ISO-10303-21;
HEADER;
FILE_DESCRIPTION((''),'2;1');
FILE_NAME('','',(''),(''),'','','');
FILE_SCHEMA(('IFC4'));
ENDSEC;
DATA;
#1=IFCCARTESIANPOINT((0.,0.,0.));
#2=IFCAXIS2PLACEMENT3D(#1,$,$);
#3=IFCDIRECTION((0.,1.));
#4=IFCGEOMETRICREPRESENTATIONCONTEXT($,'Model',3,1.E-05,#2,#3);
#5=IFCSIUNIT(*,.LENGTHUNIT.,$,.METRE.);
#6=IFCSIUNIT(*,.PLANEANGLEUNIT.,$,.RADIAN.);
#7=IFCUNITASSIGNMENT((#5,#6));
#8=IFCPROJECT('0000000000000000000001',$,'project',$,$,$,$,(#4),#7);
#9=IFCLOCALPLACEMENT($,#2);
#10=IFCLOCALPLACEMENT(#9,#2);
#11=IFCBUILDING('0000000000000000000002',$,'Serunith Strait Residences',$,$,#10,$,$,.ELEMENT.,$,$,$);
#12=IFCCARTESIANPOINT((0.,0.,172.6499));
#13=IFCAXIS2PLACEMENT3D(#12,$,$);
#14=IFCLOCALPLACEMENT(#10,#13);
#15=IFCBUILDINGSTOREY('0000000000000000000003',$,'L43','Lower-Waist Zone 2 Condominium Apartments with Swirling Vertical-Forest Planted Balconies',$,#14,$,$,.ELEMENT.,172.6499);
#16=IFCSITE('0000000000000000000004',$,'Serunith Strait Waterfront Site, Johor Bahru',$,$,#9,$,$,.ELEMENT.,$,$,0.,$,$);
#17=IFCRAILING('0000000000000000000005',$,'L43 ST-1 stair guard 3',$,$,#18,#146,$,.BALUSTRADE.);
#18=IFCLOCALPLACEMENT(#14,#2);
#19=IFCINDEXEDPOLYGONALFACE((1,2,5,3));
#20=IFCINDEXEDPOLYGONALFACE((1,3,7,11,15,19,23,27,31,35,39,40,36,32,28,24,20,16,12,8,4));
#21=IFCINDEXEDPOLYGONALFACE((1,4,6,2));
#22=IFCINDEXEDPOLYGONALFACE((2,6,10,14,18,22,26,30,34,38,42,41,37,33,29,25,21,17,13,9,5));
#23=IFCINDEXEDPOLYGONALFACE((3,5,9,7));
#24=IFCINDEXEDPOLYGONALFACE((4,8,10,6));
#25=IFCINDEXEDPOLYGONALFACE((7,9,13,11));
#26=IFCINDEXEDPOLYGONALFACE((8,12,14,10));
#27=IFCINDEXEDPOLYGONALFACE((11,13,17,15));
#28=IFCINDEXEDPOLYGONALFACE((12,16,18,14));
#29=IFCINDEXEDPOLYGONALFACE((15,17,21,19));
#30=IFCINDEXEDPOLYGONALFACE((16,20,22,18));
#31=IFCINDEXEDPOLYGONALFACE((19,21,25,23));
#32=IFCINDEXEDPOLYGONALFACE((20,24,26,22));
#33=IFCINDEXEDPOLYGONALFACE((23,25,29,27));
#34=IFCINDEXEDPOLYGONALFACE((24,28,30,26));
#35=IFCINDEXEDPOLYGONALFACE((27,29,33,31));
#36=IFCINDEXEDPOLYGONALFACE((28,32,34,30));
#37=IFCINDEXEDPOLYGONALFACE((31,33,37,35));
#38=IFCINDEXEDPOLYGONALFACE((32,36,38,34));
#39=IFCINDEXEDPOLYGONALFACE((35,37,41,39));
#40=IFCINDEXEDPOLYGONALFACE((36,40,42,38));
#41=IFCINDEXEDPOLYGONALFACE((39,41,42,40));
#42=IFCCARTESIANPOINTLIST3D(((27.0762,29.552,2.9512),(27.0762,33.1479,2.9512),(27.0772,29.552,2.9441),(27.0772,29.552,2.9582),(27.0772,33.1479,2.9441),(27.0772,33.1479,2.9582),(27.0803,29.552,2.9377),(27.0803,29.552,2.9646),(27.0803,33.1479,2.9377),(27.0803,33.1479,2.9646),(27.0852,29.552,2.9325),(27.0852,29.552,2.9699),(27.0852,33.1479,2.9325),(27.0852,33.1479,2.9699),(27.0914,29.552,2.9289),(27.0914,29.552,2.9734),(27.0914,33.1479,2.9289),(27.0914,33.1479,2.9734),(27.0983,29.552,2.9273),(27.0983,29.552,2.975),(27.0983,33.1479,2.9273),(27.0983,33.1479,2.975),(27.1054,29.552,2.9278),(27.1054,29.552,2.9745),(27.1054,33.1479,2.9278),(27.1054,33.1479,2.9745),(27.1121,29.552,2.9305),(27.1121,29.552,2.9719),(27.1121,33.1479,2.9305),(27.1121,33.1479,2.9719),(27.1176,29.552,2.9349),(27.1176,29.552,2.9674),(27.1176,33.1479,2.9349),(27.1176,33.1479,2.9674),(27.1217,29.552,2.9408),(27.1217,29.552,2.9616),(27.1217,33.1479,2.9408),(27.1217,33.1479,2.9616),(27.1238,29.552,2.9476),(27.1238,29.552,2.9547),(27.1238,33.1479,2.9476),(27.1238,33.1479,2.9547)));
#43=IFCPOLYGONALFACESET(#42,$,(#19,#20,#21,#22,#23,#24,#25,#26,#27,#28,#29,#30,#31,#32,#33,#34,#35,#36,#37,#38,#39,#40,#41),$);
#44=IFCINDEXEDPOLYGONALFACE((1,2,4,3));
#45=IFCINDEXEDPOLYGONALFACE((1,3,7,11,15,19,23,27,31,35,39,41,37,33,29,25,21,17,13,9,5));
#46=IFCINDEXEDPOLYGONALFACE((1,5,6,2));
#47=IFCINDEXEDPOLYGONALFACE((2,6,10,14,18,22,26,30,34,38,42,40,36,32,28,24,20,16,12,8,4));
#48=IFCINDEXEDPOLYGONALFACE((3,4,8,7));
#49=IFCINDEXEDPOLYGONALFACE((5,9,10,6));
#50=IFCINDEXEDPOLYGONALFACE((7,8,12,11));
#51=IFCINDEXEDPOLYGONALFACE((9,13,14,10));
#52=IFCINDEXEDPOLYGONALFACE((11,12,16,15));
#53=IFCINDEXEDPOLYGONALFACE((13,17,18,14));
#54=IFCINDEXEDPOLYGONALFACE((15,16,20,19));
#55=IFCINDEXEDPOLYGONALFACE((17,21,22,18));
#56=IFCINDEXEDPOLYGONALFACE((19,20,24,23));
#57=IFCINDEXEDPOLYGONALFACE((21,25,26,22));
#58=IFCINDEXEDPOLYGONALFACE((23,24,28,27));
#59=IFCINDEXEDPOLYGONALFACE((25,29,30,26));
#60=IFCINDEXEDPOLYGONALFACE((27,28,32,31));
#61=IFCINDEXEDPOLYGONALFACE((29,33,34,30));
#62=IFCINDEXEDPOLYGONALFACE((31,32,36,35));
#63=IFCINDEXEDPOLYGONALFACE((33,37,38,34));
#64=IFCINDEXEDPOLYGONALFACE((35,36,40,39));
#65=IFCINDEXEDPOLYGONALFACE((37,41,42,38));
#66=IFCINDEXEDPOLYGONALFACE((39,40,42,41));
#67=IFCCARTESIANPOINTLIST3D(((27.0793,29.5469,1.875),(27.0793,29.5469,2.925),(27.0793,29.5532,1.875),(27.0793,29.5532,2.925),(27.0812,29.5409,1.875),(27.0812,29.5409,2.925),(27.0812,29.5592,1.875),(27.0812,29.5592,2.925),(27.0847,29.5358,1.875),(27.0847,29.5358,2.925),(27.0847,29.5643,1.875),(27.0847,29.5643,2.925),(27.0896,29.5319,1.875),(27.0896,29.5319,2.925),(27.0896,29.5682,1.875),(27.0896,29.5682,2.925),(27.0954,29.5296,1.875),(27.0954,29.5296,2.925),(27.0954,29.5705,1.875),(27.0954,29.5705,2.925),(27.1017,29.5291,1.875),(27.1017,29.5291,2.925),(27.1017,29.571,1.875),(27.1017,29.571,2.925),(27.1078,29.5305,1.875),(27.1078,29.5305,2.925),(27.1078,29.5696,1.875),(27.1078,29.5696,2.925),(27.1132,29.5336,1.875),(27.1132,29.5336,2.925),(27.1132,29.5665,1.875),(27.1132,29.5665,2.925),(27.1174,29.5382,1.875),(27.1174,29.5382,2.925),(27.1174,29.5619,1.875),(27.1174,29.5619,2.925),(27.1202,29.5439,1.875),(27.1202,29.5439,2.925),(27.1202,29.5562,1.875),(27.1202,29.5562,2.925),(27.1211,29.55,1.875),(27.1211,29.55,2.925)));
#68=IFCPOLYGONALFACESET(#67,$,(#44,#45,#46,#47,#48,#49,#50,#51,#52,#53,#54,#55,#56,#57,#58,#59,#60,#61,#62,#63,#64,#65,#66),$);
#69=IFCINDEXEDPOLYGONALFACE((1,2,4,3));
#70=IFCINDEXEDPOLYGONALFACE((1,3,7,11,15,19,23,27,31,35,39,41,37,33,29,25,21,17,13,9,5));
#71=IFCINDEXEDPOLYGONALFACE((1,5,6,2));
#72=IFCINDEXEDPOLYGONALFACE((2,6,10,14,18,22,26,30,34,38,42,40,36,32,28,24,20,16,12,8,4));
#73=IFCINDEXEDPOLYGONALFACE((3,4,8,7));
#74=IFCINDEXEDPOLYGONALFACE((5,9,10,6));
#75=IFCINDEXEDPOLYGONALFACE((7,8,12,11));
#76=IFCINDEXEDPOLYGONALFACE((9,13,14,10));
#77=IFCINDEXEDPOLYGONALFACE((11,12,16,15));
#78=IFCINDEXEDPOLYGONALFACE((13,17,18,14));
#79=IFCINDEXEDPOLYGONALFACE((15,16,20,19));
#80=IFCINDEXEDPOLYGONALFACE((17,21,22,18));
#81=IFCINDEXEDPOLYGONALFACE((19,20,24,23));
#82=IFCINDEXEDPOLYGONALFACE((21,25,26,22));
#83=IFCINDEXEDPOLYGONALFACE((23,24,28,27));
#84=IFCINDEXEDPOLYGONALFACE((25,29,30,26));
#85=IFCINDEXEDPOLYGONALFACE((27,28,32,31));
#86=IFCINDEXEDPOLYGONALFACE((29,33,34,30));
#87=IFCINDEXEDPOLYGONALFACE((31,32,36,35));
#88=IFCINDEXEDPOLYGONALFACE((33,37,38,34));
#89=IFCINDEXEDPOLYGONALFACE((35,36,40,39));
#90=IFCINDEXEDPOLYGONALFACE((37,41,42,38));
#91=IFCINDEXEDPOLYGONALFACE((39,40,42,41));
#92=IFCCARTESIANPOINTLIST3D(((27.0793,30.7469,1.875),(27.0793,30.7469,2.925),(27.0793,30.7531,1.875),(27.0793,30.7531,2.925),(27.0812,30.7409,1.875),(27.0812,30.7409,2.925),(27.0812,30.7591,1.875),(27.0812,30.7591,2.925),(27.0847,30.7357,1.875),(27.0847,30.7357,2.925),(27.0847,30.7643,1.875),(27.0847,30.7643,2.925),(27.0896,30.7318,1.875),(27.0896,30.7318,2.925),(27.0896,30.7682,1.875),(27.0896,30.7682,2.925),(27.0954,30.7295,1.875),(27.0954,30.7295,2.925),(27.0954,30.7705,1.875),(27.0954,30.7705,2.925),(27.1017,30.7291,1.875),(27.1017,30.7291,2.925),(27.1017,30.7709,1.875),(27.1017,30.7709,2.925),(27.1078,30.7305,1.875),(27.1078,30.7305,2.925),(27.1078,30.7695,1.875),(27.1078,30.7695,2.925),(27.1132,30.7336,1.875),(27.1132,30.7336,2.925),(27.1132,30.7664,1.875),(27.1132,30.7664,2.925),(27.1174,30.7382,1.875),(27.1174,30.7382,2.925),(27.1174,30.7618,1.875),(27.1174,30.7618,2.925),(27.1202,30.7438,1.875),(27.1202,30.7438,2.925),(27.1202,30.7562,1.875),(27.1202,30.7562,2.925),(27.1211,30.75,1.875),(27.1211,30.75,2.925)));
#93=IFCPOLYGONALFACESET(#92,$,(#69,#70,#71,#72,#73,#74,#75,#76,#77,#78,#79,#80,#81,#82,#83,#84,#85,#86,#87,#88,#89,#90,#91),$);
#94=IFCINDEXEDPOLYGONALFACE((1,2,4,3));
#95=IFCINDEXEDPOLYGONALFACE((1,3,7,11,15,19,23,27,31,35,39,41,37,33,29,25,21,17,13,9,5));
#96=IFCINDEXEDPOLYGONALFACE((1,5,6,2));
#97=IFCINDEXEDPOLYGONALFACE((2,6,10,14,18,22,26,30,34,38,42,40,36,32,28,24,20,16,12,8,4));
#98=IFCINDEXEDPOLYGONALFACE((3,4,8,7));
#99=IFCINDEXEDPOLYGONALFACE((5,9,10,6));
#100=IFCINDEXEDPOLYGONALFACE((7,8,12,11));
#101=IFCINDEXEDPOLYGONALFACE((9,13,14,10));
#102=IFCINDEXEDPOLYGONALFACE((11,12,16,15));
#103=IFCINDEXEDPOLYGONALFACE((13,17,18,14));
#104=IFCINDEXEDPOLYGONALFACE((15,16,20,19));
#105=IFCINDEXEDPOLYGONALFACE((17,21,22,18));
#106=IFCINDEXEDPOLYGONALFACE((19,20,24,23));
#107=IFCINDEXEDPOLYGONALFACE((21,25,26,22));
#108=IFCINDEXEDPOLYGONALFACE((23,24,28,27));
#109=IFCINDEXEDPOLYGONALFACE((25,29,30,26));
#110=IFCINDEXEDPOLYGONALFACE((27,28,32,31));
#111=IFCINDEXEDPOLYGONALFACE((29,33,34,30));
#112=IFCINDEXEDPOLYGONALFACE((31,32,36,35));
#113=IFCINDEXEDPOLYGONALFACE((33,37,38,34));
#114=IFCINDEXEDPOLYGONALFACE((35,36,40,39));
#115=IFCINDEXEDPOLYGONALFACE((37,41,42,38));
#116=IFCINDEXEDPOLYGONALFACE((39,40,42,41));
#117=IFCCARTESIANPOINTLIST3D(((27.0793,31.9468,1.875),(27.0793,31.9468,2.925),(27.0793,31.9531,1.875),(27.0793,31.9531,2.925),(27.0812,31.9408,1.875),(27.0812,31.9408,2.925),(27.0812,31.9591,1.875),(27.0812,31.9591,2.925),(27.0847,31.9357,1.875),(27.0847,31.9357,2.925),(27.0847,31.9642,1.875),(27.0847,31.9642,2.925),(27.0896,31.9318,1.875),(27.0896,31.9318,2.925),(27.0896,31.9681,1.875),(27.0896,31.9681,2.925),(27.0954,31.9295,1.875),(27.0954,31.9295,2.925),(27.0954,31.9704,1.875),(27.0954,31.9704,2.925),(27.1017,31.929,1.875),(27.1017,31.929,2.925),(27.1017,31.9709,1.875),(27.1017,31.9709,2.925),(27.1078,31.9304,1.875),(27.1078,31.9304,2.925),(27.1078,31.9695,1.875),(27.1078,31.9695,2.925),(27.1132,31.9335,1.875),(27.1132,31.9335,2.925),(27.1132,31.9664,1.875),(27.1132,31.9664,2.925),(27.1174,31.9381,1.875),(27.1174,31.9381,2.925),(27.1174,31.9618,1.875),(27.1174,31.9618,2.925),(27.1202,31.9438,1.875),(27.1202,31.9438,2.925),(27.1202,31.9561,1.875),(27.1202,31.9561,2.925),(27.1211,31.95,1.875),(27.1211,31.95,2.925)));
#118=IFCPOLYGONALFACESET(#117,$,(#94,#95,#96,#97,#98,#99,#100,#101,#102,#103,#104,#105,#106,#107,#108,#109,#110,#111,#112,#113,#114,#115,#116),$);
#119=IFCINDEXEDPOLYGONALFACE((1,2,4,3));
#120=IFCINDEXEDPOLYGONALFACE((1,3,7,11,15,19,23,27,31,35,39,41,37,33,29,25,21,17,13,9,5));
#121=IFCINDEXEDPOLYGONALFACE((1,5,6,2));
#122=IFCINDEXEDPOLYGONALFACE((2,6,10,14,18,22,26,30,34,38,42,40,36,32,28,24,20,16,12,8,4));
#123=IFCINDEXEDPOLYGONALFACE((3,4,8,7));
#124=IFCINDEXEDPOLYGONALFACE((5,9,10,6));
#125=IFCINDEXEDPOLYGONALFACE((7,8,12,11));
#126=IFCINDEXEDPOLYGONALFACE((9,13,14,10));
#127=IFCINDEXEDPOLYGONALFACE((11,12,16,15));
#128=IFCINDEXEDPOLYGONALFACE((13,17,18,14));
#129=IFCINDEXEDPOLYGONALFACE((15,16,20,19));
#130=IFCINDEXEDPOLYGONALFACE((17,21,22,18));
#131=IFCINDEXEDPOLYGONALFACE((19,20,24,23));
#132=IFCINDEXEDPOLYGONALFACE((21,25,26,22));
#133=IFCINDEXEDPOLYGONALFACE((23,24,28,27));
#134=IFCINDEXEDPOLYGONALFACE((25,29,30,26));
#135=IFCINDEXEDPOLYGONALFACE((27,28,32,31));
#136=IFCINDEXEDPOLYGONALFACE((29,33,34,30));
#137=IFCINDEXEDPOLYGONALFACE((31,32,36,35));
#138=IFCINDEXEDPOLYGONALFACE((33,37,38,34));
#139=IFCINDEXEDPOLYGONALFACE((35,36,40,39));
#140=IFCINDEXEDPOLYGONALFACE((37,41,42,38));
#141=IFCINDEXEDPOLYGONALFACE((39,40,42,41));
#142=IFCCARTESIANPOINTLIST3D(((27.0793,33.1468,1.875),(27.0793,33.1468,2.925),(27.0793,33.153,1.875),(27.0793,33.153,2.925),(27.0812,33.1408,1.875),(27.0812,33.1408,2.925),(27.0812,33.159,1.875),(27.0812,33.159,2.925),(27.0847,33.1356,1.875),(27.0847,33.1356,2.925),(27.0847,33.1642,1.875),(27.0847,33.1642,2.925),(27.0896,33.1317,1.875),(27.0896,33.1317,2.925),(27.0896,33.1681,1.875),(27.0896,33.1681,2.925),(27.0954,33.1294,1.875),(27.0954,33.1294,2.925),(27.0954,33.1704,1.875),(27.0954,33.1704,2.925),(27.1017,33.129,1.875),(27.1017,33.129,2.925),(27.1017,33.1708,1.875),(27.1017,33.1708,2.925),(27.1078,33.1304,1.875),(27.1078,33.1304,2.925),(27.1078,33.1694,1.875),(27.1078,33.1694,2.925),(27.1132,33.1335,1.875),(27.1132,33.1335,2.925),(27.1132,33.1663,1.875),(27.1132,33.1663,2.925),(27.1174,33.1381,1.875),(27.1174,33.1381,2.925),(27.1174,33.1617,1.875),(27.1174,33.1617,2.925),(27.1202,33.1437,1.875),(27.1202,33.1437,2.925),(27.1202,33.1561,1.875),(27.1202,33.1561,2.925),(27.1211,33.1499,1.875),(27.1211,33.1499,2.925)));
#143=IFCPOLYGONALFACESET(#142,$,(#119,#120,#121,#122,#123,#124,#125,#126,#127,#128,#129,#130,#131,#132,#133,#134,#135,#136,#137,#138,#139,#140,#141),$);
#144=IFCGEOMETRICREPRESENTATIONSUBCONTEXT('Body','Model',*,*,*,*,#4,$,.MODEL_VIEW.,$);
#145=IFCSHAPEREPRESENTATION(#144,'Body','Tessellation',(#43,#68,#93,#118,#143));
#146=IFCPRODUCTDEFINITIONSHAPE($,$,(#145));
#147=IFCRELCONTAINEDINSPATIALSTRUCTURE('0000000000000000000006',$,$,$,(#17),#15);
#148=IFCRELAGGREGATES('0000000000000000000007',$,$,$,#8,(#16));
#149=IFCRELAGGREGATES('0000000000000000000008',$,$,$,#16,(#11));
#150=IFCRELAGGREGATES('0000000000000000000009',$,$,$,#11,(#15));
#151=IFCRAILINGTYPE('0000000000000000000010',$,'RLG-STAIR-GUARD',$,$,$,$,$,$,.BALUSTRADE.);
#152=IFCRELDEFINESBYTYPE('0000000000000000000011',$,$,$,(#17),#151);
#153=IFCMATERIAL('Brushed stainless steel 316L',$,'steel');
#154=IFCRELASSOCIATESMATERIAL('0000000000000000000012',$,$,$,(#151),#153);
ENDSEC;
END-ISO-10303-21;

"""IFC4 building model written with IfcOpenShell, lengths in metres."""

from ifc_helpers import new_model, si_unit, direction, frame, origin, origin_2d, place, context, subcontext, project, spatial, circle, extrude, material, type_object, element, save


model = new_model("IFC4")

# Units and contexts
model_context = context("Model", 3, precision=1e-05, world=origin(), true_north=direction((0.0, 1.0)))
body_context = subcontext(model_context, "Body", "Model", "MODEL_VIEW")
ifc_project = project(units=[si_unit("LENGTHUNIT", "METRE"), si_unit("PLANEANGLEUNIT", "RADIAN")], contexts=[model_context])

# Site, building, storey
site_placement = place(None, origin())
site = spatial("IfcSite", under=ifc_project, at=site_placement, Name="Serunith Strait Waterfront Site, Johor Bahru", CompositionType="ELEMENT", RefElevation=0.0)
building_placement = place(site_placement, origin())
building = spatial("IfcBuilding", under=site, at=building_placement, Name="Serunith Strait Residences", CompositionType="ELEMENT")
storey_placement = place(building_placement, frame((0.0, 0.0, 172.6499)))
storey = spatial("IfcBuildingStorey", under=building, at=storey_placement, Name="L43", Description="Lower-Waist Zone 2 Condominium Apartments with Swirling Vertical-Forest Planted Balconies", CompositionType="ELEMENT", Elevation=172.6499)

# Railing
ifc_material_1 = material(Name="Brushed stainless steel 316L", Category="steel")
railing_type_1 = type_object("IfcRailingType", Name="RLG-STAIR-GUARD", PredefinedType="BALUSTRADE", material=ifc_material_1)
for number, where, name in (
    (1, (27.1001, 29.55, 1.875), "L43 ST-1 stair guard 3"),
):
    element("IfcRailing", number, at=place(storey_placement, frame(where)), inside=storey, type_object=railing_type_1, Name=name, PredefinedType="BALUSTRADE", context=body_context, shape_type="SweptSolid", body=[
        extrude(circle(Radius=0.0239, at=origin_2d()), frame((0.0, 0.002, 1.0762), z_axis=(0.0, 1.0, 0.0), x_axis=(-1.0, 0.0, 0.0)), (0.0, 0.0, 1.0), 3.5959),
        extrude(circle(Radius=0.021, at=origin_2d()), origin(), (0.0, 0.0, 1.0), 1.05),
        extrude(circle(Radius=0.021, at=origin_2d()), frame((0.0, 1.2, 0.0)), (0.0, 0.0, 1.0), 1.05),
        extrude(circle(Radius=0.021, at=origin_2d()), frame((0.0, 2.3999, 0.0)), (0.0, 0.0, 1.0), 1.05),
        extrude(circle(Radius=0.021, at=origin_2d()), frame((0.0, 3.5999, 0.0)), (0.0, 0.0, 1.0), 1.05),
    ])

save(model, "model.ifc")
